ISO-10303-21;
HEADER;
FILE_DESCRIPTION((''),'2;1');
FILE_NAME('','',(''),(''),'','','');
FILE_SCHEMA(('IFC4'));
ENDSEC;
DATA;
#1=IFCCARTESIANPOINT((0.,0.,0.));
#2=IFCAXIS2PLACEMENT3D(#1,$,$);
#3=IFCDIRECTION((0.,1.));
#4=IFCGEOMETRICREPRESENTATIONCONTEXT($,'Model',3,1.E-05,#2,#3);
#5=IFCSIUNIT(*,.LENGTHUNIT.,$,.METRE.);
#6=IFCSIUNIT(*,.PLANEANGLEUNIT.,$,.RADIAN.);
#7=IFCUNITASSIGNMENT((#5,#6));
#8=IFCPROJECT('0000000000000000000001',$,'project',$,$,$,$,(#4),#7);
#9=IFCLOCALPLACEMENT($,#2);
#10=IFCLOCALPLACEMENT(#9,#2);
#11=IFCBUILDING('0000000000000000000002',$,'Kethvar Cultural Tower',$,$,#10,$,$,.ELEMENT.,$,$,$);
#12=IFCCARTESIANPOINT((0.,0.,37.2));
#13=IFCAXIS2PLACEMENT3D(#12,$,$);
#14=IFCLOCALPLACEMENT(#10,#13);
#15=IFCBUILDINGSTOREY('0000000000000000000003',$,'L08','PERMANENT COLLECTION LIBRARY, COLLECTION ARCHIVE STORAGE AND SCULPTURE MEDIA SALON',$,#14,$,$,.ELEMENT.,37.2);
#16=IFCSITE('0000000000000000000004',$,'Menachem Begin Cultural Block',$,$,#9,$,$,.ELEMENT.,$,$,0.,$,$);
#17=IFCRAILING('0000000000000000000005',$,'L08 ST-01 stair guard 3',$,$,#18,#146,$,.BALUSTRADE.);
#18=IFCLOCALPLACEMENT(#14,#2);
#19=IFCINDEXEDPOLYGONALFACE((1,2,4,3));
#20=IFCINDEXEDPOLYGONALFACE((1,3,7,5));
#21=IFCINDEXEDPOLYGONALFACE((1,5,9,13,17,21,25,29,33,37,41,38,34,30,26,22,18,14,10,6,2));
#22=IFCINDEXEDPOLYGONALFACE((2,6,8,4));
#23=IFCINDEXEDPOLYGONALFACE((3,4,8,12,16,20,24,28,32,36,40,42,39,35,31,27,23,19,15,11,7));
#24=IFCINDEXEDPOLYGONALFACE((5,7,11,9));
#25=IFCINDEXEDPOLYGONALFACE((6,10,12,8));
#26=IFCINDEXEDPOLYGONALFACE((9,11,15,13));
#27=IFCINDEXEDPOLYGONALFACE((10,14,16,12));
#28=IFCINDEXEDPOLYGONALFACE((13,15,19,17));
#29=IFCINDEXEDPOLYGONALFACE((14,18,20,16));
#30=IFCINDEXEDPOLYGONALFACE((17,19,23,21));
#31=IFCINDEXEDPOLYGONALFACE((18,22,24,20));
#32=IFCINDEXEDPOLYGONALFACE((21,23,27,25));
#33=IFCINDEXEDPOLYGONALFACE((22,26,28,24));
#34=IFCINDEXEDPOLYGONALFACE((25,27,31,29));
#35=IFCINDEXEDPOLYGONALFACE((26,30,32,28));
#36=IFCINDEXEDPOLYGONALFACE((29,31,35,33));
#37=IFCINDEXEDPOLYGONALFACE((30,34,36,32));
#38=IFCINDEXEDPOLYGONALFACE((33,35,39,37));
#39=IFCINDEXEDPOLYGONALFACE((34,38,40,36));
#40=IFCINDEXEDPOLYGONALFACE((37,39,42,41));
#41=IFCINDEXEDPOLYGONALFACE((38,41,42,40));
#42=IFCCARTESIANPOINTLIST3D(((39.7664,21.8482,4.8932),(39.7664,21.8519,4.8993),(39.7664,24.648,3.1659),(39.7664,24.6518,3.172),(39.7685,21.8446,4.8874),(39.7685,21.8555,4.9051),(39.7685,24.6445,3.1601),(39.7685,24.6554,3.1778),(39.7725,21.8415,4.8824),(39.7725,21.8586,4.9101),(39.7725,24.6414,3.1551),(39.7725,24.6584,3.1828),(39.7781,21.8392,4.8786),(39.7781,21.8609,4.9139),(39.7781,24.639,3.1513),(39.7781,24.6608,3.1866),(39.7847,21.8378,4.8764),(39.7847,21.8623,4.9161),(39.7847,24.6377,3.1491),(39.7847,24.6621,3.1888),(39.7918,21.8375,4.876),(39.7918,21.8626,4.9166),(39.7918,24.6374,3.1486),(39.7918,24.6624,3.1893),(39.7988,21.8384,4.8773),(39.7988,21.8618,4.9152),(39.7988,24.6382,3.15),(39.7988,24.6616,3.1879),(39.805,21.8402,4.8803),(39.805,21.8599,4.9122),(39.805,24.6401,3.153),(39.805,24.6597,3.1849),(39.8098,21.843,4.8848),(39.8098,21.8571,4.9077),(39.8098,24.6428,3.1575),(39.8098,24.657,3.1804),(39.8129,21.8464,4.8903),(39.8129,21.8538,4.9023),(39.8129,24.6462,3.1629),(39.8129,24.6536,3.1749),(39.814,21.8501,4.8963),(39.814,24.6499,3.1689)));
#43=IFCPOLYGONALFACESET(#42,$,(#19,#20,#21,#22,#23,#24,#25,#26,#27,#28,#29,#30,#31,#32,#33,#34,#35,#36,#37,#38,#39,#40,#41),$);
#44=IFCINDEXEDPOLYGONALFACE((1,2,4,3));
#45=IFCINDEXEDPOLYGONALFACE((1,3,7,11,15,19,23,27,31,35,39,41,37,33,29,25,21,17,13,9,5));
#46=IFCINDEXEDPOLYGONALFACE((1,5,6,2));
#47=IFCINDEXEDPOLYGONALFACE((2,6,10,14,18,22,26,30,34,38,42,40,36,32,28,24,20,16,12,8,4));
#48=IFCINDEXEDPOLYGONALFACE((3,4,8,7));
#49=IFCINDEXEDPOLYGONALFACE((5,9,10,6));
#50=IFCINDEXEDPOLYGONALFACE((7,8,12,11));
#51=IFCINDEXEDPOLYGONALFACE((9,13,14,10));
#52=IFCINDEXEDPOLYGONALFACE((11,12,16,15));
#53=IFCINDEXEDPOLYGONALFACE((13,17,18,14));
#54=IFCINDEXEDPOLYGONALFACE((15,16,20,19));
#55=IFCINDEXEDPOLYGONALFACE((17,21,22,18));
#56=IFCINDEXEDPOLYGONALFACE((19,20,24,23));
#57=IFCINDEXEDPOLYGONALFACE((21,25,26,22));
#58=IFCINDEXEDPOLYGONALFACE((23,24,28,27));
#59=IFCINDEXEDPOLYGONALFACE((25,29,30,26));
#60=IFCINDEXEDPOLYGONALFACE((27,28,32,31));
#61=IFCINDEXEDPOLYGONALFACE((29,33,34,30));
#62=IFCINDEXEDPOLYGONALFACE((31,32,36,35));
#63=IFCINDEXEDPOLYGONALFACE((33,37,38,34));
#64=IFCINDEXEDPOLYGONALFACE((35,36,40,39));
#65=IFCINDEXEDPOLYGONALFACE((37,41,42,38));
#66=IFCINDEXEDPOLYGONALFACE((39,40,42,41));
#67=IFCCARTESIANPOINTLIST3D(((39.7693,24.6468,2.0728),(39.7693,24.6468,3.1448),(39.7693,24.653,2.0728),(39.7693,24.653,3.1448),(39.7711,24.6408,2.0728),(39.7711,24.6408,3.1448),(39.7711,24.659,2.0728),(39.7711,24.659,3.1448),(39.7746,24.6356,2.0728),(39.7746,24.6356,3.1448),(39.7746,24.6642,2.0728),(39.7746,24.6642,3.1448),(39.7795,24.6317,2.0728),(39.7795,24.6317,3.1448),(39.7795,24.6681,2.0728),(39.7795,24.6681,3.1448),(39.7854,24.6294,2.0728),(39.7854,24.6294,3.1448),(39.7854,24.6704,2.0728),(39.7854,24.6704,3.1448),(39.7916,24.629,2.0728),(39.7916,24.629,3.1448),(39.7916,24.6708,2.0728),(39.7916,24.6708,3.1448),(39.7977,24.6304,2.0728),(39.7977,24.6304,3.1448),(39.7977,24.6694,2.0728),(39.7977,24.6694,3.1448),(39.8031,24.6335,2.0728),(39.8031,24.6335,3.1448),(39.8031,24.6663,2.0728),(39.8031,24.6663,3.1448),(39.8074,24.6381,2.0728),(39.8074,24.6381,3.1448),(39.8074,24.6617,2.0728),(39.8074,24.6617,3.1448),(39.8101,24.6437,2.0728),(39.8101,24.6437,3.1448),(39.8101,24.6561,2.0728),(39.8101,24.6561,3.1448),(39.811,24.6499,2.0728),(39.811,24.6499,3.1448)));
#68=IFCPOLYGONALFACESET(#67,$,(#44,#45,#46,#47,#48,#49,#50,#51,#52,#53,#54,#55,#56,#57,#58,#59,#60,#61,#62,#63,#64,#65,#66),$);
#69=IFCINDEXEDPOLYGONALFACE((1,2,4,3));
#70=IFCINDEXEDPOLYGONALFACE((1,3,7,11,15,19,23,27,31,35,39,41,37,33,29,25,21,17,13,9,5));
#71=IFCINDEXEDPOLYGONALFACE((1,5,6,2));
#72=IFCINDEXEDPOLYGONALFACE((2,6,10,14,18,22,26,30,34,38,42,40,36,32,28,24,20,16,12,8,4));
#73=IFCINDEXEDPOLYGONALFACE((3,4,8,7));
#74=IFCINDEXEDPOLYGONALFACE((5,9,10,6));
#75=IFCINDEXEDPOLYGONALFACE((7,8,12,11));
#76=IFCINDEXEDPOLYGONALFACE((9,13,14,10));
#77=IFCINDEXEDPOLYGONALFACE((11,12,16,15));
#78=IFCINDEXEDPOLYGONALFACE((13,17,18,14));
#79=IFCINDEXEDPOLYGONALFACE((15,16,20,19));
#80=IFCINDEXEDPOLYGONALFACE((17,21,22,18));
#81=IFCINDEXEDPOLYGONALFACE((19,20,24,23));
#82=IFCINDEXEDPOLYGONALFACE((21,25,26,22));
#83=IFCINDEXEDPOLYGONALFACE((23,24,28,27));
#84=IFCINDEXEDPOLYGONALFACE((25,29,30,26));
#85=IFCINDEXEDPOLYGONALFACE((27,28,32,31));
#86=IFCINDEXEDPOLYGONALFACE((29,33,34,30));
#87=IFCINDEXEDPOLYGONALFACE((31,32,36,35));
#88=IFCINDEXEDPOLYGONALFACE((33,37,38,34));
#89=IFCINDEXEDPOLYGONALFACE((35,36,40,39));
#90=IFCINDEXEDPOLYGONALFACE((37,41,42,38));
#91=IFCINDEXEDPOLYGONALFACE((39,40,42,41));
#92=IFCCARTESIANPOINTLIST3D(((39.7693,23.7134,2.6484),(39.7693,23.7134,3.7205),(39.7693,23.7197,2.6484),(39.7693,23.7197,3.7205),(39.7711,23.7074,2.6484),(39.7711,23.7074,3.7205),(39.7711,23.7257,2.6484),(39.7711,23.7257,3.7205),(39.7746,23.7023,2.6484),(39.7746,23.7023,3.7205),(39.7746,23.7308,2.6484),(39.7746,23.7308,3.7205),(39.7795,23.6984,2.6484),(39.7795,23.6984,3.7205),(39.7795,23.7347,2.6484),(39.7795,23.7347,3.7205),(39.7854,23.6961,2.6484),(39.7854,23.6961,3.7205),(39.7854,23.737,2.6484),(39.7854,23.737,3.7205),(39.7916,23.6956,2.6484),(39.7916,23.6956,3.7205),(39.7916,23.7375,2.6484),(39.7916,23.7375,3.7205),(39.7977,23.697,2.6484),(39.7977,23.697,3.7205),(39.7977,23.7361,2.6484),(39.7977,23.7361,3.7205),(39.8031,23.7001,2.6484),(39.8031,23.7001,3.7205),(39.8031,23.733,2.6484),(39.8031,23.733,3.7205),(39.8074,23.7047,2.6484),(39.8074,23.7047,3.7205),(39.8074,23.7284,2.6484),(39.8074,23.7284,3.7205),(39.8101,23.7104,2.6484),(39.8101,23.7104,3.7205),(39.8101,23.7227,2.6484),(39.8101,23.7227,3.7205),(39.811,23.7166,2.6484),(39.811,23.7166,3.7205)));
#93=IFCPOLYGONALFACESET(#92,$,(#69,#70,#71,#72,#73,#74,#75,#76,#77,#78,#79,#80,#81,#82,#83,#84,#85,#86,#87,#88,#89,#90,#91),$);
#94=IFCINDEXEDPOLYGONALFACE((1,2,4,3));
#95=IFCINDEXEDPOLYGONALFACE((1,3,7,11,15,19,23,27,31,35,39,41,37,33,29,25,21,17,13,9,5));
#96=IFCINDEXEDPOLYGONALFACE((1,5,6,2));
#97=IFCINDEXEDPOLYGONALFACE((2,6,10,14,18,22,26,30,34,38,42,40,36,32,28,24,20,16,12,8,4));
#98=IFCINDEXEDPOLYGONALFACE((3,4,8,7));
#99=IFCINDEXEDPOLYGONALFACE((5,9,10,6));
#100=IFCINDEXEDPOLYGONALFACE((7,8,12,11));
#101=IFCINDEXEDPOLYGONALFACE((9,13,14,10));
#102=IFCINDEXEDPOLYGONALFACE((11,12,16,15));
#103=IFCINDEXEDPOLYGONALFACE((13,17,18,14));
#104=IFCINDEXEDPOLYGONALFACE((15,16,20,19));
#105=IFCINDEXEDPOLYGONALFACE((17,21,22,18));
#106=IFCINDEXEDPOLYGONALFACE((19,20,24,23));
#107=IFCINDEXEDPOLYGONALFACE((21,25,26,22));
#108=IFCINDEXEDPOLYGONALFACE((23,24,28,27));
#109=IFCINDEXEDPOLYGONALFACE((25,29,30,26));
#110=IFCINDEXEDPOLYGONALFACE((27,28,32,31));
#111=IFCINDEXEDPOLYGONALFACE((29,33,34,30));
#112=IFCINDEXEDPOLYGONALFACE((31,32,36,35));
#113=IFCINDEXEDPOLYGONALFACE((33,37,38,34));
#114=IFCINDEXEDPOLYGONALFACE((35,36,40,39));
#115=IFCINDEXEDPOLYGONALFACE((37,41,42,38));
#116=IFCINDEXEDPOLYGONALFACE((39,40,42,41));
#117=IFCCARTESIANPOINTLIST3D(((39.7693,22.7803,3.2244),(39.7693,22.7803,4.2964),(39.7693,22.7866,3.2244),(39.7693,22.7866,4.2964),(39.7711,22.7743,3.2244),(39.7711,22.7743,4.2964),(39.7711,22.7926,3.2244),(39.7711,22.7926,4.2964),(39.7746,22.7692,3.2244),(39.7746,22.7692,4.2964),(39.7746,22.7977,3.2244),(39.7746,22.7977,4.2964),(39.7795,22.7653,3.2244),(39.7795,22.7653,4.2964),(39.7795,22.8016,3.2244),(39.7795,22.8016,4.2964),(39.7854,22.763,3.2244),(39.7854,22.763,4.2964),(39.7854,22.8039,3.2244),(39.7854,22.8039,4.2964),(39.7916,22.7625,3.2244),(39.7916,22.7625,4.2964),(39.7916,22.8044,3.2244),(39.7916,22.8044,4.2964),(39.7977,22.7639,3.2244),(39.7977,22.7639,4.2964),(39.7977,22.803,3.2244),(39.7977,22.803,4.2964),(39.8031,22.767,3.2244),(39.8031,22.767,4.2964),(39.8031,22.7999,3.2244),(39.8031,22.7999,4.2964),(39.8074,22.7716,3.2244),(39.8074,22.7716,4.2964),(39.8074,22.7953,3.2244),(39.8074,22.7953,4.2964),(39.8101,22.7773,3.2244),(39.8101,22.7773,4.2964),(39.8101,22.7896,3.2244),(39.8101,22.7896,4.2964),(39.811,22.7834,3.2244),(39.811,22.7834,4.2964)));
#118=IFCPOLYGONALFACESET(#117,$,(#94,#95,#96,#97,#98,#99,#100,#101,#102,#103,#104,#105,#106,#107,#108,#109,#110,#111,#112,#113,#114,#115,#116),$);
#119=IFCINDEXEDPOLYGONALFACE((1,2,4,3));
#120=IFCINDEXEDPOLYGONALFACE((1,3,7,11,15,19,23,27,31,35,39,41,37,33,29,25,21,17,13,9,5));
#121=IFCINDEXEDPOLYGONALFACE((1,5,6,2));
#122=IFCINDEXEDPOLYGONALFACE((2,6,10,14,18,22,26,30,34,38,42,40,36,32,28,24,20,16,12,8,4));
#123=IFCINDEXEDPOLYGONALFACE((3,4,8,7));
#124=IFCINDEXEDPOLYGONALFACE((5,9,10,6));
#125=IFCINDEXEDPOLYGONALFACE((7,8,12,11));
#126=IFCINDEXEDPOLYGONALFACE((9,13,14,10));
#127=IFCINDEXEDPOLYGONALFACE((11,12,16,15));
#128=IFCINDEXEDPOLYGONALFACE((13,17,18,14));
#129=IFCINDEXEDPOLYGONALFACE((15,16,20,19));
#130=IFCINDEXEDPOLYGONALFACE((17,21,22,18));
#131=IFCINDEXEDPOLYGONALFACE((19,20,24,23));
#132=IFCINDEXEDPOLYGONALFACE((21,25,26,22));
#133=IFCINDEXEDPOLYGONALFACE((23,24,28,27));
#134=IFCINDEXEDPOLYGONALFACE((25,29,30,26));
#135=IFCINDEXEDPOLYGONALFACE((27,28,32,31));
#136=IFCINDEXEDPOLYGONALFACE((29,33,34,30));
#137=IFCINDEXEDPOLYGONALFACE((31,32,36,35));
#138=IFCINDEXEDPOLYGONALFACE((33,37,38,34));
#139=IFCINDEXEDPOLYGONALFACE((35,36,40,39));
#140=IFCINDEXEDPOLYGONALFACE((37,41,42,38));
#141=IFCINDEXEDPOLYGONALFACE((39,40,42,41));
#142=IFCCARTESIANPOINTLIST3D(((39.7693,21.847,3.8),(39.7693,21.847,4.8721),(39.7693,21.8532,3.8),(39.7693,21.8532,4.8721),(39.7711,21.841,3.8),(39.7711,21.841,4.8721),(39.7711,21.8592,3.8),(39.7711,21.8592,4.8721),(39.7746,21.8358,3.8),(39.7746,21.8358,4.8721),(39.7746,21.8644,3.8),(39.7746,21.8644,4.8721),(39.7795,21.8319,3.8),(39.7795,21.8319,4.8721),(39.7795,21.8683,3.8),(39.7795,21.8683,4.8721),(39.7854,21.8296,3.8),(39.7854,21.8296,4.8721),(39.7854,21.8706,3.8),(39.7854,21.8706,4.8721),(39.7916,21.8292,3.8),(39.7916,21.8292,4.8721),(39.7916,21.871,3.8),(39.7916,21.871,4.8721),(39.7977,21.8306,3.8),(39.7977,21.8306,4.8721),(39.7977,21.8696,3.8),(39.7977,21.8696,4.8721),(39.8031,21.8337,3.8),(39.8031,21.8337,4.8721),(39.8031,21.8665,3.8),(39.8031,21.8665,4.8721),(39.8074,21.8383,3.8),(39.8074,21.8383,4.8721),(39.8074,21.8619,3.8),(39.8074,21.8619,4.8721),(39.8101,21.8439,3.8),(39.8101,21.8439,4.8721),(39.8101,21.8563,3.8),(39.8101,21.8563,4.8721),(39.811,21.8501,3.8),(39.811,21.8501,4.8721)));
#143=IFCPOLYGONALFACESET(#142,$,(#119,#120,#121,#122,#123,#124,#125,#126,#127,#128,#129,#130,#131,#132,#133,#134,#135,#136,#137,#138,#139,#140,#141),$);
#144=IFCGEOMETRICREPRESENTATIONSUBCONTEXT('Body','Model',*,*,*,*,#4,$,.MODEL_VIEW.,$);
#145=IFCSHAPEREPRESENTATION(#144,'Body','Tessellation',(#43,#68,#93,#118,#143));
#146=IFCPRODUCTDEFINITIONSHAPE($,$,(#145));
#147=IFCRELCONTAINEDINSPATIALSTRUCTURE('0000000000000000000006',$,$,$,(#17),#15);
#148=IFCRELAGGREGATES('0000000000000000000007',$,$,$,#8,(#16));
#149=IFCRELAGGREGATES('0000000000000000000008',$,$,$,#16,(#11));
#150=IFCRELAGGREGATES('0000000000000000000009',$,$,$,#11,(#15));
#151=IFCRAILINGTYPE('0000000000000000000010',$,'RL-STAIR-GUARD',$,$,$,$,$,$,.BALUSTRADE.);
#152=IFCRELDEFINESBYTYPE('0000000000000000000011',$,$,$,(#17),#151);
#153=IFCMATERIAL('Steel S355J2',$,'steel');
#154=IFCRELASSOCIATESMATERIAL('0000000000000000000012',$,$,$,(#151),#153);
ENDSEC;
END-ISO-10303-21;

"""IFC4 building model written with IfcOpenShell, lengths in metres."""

from ifc_helpers import new_model, si_unit, direction, frame, origin, origin_2d, place, context, subcontext, project, spatial, circle, extrude, material, type_object, element, save


model = new_model("IFC4")

# Units and contexts
model_context = context("Model", 3, precision=1e-05, world=origin(), true_north=direction((0.0, 1.0)))
body_context = subcontext(model_context, "Body", "Model", "MODEL_VIEW")
ifc_project = project(units=[si_unit("LENGTHUNIT", "METRE"), si_unit("PLANEANGLEUNIT", "RADIAN")], contexts=[model_context])

# Site, building, storey
site_placement = place(None, origin())
site = spatial("IfcSite", under=ifc_project, at=site_placement, Name="Menachem Begin Cultural Block", CompositionType="ELEMENT", RefElevation=0.0)
building_placement = place(site_placement, origin())
building = spatial("IfcBuilding", under=site, at=building_placement, Name="Kethvar Cultural Tower", CompositionType="ELEMENT")
storey_placement = place(building_placement, frame((0.0, 0.0, 37.2)))
storey = spatial("IfcBuildingStorey", under=building, at=storey_placement, Name="L08", Description="PERMANENT COLLECTION LIBRARY, COLLECTION ARCHIVE STORAGE AND SCULPTURE MEDIA SALON", CompositionType="ELEMENT", Elevation=37.2)

# Shared definitions
ifc_material_1 = material(Name="Steel S355J2", Category="steel")

# Railing
railing_type_1 = type_object("IfcRailingType", Name="RL-STAIR-GUARD", PredefinedType="BALUSTRADE", material=ifc_material_1)
railing_1_placement = place(storey_placement, frame((39.79, 24.6499, 2.0728)))
element("IfcRailing", 1, at=railing_1_placement, inside=storey, type_object=railing_type_1, Name="L08 ST-01 stair guard 3", PredefinedType="BALUSTRADE", context=body_context, shape_type="SweptSolid", body=[
    extrude(circle(Radius=0.0239, at=origin_2d()), frame((0.0, 0.0, 1.0962), z_axis=(0.0, -0.851069, 0.525054), x_axis=(1.0, 0.0, 0.0)), (0.0, 0.0, 1.0), 3.2898),
    extrude(circle(Radius=0.021, at=origin_2d()), origin(), (0.0, 0.0, 1.0), 1.072),
    extrude(circle(Radius=0.021, at=origin_2d()), frame((0.0, -0.9333, 0.5757)), (0.0, 0.0, 1.0), 1.072),
    extrude(circle(Radius=0.021, at=origin_2d()), frame((0.0, -1.8665, 1.1516)), (0.0, 0.0, 1.0), 1.072),
    extrude(circle(Radius=0.021, at=origin_2d()), frame((0.0, -2.7998, 1.7273)), (0.0, 0.0, 1.0), 1.072),
])

save(model, "model.ifc")
